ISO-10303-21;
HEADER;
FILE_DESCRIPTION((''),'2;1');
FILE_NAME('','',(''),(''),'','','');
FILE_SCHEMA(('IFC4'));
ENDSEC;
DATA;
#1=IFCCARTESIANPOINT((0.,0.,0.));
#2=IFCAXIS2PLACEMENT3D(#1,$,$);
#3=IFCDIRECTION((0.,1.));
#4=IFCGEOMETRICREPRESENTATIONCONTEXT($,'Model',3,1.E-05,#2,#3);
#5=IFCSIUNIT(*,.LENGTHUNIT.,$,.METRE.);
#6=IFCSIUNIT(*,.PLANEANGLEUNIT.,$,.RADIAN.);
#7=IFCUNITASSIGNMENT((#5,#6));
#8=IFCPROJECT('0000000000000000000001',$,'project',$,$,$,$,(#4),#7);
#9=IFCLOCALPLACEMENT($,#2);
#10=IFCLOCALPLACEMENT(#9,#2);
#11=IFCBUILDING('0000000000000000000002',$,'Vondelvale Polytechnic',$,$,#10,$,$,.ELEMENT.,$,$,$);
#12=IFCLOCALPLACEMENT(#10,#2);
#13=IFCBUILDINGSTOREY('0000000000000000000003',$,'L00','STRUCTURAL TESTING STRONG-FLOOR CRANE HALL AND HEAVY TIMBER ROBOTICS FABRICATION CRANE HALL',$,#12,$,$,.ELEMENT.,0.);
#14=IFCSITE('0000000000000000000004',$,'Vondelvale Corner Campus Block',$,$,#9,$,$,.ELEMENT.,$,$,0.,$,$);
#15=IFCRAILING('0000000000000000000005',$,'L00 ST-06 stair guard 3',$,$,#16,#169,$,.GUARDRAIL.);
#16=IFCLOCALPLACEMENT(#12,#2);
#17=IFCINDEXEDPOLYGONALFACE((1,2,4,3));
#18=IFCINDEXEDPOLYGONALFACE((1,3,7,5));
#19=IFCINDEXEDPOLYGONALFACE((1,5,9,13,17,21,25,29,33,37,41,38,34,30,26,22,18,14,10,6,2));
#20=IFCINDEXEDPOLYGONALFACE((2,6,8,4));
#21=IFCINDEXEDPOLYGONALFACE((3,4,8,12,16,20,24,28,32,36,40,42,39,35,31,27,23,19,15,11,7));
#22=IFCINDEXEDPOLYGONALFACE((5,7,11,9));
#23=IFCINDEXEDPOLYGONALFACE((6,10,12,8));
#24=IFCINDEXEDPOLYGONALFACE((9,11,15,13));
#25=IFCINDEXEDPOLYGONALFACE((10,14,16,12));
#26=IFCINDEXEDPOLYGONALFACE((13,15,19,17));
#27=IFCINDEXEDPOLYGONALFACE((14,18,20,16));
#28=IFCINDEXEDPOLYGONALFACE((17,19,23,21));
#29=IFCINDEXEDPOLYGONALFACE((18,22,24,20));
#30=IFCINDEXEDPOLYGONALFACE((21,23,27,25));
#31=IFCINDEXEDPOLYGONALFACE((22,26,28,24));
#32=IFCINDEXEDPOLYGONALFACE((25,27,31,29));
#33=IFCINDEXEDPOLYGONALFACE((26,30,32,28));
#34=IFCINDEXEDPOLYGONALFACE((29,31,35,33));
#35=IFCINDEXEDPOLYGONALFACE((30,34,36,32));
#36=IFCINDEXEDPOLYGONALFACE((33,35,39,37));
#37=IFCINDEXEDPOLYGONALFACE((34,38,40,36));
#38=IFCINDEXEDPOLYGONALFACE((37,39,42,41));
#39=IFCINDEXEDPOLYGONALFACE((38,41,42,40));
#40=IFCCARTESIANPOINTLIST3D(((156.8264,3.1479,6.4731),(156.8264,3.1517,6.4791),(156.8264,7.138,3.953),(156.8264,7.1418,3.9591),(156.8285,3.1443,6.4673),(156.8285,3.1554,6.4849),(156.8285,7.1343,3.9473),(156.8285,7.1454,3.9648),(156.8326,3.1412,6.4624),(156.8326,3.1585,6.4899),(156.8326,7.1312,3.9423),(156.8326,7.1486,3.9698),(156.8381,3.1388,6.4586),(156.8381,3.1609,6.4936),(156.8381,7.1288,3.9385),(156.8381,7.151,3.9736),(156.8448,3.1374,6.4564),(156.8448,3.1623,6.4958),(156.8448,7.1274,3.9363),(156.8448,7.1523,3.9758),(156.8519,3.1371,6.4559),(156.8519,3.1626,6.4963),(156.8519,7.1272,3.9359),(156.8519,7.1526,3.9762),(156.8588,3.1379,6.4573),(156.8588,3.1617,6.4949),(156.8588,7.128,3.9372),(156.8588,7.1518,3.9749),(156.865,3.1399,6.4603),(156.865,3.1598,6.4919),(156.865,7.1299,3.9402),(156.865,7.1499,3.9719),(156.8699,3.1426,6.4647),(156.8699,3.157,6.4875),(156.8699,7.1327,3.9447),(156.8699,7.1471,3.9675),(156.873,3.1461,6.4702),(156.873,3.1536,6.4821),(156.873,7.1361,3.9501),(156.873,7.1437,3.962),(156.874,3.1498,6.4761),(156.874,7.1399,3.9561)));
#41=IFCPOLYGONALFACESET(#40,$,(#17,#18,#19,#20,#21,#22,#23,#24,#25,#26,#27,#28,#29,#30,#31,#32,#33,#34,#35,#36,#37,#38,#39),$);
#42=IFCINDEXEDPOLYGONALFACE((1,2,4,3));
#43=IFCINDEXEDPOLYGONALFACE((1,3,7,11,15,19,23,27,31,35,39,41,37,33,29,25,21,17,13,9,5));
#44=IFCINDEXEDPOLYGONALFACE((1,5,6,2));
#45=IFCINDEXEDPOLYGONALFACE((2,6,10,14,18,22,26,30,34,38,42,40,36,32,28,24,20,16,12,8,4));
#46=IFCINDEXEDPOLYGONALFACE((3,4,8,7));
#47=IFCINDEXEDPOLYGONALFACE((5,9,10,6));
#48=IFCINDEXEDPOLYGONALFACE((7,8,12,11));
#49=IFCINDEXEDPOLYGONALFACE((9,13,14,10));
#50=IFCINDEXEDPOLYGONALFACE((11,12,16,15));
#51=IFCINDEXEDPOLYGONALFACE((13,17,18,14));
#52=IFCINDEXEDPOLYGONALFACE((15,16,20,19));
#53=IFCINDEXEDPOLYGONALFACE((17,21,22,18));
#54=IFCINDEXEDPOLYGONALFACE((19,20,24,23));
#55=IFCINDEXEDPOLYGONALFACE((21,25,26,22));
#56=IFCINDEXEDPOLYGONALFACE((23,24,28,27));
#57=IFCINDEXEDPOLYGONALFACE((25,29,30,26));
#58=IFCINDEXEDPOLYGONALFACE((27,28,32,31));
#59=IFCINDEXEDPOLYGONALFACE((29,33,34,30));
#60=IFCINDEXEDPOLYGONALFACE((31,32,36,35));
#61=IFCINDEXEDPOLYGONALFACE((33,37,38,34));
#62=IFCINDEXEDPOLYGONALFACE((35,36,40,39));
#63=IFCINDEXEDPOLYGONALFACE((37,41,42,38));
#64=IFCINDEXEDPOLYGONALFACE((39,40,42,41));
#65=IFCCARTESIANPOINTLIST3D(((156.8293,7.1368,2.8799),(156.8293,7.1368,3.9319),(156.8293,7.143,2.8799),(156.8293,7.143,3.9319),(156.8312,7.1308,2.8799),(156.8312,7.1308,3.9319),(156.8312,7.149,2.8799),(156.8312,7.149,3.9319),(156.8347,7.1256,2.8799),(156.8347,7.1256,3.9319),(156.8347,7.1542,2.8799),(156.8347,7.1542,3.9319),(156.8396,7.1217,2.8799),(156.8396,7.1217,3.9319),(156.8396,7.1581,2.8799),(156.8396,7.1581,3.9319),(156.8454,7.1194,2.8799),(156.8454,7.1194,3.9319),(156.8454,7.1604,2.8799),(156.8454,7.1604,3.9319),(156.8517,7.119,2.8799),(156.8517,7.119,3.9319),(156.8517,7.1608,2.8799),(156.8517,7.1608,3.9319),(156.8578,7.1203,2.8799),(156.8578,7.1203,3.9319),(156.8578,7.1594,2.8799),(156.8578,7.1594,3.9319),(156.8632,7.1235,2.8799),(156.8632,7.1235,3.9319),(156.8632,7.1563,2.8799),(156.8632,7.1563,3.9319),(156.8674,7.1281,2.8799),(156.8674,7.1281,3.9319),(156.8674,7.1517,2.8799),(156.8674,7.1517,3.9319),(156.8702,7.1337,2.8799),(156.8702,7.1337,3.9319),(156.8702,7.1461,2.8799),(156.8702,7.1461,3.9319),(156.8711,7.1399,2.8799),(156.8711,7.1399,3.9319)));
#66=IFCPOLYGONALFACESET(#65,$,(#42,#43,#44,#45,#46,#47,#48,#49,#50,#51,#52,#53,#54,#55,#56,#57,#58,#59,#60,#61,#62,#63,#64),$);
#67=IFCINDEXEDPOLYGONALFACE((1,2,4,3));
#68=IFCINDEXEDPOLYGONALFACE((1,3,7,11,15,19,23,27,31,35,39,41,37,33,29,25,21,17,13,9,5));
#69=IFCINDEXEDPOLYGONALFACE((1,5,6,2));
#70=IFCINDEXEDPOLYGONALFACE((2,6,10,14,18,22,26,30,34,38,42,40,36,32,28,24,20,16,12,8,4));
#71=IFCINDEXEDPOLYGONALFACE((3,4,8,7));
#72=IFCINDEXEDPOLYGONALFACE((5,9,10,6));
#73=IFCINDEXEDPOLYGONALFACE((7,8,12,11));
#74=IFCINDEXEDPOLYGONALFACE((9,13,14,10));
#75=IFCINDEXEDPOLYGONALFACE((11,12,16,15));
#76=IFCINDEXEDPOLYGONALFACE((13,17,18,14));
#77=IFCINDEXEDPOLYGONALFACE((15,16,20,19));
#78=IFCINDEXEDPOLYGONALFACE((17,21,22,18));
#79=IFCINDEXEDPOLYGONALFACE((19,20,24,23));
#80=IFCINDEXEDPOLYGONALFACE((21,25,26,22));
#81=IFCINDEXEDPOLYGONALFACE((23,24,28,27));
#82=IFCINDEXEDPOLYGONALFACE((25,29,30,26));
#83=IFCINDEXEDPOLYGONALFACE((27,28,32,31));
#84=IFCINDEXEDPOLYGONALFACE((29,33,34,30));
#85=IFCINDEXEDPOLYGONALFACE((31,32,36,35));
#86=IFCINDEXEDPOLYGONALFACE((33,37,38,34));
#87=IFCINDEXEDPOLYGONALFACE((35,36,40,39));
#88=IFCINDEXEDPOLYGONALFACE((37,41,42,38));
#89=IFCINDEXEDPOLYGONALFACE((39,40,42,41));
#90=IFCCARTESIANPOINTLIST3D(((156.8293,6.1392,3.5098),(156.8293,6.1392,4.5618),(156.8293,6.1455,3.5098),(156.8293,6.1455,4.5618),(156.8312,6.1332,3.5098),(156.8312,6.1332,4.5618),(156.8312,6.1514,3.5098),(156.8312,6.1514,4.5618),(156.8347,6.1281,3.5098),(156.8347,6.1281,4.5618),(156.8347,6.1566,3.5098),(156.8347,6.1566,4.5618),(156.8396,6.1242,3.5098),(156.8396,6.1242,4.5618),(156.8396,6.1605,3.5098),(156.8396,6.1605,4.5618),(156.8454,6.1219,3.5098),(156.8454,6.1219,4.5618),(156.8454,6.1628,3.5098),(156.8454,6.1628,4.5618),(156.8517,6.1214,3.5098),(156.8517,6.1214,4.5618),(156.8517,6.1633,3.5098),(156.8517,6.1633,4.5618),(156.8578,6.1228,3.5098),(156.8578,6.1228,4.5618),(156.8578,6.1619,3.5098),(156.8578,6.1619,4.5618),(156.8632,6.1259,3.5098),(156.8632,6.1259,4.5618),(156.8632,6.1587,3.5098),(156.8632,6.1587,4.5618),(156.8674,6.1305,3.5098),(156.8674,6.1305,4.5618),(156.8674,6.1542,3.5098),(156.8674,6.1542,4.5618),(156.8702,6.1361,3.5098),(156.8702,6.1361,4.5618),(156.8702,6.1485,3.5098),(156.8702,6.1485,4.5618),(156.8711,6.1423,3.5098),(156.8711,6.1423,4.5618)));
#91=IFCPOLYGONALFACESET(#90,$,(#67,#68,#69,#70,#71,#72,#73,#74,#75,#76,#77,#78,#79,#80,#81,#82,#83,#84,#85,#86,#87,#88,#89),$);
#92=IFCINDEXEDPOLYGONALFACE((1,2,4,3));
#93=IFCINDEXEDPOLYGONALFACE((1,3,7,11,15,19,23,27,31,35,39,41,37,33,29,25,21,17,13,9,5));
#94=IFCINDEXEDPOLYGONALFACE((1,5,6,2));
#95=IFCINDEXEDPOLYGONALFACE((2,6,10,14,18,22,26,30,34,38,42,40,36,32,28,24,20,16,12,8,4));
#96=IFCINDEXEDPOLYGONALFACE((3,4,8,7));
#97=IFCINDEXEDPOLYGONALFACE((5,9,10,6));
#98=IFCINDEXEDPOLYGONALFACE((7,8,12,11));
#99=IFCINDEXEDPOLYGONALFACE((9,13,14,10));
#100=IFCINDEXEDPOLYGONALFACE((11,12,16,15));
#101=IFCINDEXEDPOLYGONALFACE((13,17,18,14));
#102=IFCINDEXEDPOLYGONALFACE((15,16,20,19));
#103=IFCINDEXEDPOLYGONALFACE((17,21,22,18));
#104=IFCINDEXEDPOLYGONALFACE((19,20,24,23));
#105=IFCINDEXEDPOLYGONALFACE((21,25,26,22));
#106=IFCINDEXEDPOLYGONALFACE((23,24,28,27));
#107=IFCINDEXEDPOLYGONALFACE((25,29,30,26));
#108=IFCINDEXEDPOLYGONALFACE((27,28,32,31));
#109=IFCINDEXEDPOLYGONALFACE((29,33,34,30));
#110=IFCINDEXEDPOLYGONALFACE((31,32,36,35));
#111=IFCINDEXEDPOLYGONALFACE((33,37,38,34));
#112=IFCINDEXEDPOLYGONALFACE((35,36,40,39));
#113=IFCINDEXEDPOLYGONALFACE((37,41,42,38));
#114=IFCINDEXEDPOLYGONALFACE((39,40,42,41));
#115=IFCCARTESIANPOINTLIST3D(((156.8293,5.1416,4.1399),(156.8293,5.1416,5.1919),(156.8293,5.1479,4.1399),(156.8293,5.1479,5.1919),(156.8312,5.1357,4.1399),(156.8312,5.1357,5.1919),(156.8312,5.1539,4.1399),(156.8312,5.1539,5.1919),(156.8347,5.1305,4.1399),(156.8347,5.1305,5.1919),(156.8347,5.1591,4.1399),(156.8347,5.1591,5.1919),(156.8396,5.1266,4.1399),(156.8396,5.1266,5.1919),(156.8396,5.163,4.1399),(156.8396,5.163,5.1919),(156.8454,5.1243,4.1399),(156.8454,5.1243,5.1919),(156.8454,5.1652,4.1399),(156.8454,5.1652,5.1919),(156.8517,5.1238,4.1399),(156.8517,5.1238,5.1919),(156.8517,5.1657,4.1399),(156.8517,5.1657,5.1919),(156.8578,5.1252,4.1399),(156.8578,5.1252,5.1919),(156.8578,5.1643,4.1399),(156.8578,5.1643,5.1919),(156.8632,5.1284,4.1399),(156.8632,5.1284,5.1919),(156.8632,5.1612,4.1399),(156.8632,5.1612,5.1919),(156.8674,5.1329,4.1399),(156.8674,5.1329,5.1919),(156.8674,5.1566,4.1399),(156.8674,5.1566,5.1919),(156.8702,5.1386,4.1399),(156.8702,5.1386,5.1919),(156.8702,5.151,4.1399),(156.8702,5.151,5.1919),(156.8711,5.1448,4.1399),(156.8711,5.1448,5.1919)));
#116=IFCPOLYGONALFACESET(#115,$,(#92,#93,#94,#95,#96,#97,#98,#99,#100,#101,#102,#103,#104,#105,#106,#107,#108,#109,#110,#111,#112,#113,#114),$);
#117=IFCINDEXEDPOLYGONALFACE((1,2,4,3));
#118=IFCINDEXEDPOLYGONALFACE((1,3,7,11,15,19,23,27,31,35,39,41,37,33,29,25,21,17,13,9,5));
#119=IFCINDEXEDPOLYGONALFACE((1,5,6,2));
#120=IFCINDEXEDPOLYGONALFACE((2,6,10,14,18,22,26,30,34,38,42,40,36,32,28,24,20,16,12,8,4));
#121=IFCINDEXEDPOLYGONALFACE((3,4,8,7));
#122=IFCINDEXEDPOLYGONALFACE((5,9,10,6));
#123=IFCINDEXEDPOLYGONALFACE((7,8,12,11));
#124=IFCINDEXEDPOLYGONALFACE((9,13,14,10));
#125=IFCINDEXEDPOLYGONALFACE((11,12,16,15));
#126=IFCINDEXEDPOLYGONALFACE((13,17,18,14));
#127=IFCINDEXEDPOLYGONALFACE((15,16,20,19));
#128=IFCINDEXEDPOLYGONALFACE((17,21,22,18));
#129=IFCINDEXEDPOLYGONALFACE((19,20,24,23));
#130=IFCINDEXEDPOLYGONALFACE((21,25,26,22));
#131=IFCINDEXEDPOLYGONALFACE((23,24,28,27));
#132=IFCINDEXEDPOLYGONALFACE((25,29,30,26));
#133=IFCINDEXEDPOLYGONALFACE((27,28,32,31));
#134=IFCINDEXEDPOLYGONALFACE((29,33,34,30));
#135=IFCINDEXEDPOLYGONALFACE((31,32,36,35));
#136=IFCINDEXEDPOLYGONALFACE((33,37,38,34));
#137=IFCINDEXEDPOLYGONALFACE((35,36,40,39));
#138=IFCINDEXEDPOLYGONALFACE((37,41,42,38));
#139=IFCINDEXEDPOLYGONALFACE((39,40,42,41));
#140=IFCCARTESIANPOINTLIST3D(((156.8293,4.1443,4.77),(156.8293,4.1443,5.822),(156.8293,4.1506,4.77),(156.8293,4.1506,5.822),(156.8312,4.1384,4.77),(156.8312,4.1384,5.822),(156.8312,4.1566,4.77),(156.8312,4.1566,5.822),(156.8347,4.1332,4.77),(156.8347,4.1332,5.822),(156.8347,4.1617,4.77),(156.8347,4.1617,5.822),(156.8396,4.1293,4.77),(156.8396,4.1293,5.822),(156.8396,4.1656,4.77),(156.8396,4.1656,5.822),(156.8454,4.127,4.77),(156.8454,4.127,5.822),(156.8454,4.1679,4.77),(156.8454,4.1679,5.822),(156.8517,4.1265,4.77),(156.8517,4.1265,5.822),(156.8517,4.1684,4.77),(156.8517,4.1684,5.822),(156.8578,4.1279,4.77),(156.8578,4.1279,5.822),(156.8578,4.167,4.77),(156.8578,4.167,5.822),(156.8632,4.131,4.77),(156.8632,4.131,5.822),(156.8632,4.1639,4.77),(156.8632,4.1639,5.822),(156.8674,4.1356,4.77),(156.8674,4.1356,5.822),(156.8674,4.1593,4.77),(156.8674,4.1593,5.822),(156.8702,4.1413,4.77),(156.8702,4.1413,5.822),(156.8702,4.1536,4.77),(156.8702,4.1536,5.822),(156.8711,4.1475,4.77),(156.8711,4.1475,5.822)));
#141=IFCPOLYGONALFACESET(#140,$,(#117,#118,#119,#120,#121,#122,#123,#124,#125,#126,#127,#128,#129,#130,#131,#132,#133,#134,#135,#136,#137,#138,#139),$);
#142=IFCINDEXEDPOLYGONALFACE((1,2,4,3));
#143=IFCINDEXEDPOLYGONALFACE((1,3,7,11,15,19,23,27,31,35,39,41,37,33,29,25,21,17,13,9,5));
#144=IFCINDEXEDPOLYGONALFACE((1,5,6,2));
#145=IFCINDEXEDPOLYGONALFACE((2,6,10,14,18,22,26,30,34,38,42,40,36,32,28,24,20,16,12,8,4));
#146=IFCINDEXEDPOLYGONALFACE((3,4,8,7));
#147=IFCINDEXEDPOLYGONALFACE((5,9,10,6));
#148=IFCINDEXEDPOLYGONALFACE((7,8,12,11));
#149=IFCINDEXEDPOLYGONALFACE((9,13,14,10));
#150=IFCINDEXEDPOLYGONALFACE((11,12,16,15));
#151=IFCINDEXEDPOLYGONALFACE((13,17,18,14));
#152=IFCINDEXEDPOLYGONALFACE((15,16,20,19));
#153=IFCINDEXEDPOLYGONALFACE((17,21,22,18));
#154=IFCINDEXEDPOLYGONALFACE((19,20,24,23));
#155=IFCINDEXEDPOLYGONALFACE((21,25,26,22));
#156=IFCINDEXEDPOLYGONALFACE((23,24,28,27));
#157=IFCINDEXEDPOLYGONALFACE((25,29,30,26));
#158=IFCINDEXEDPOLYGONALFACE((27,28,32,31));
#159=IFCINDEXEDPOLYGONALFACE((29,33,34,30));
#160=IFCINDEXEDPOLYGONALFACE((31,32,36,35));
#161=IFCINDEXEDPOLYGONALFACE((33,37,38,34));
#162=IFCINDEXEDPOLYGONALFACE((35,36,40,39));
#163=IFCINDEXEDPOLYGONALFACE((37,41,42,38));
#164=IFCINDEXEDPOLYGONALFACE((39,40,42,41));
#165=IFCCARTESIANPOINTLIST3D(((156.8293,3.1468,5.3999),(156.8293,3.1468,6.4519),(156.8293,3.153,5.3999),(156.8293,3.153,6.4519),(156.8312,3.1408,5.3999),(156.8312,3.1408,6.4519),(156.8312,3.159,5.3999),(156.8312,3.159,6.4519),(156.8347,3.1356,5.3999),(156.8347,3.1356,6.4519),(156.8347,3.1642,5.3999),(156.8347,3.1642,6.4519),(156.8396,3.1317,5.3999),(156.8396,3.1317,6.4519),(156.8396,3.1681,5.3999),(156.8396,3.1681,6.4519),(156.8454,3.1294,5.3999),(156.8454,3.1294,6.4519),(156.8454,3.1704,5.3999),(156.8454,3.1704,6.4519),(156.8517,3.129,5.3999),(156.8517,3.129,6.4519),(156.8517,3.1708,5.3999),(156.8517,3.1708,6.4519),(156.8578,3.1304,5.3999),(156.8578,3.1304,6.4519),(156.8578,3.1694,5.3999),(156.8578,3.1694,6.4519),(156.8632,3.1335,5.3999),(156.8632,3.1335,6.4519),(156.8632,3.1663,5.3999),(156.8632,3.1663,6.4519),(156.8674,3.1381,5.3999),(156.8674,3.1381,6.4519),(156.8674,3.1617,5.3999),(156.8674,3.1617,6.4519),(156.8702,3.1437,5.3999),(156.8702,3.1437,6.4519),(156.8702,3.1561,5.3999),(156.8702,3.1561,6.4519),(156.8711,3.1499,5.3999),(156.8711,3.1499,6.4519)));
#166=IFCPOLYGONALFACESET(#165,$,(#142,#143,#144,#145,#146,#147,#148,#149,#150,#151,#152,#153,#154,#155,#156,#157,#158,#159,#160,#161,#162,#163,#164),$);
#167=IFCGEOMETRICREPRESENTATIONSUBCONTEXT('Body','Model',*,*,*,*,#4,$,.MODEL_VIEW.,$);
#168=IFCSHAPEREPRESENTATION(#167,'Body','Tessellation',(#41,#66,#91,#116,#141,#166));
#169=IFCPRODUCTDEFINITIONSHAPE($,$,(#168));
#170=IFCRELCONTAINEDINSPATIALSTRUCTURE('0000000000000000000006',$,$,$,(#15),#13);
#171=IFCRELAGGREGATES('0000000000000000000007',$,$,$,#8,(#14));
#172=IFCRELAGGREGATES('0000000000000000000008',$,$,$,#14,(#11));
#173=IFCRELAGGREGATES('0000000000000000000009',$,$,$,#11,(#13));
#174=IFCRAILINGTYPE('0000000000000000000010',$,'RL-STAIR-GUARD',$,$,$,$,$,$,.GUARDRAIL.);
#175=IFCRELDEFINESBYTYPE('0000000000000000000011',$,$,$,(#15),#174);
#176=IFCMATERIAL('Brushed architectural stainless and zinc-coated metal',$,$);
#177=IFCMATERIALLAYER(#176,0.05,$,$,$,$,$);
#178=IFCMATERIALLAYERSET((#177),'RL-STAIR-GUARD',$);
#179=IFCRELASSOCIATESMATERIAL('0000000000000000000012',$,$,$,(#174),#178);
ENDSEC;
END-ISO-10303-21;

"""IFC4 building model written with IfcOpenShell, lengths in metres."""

from ifc_helpers import new_model, si_unit, direction, frame, origin, origin_2d, place, context, subcontext, project, spatial, circle, extrude, material, layer, layer_set, type_object, element, save


model = new_model("IFC4")

# Units and contexts
model_context = context("Model", 3, precision=1e-05, world=origin(), true_north=direction((0.0, 1.0)))
body_context = subcontext(model_context, "Body", "Model", "MODEL_VIEW")
ifc_project = project(units=[si_unit("LENGTHUNIT", "METRE"), si_unit("PLANEANGLEUNIT", "RADIAN")], contexts=[model_context])

# Site, building, storey
site_placement = place(None, origin())
site = spatial("IfcSite", under=ifc_project, at=site_placement, Name="Vondelvale Corner Campus Block", CompositionType="ELEMENT", RefElevation=0.0)
building_placement = place(site_placement, origin())
building = spatial("IfcBuilding", under=site, at=building_placement, Name="Vondelvale Polytechnic", CompositionType="ELEMENT")
storey_placement = place(building_placement, origin())
storey = spatial("IfcBuildingStorey", under=building, at=storey_placement, Name="L00", Description="STRUCTURAL TESTING STRONG-FLOOR CRANE HALL AND HEAVY TIMBER ROBOTICS FABRICATION CRANE HALL", CompositionType="ELEMENT", Elevation=0.0)

# Railing
ifc_material_1 = material(Name="Brushed architectural stainless and zinc-coated metal")
ifc_layer_1 = layer(ifc_material_1, 0.05)
ifc_layer_set_1 = layer_set([ifc_layer_1], Name="RL-STAIR-GUARD")
railing_type_1 = type_object("IfcRailingType", Name="RL-STAIR-GUARD", PredefinedType="GUARDRAIL", material=ifc_layer_set_1)
railing_1_placement = place(storey_placement, frame((156.8501, 7.1399, 2.8799)))
element("IfcRailing", 1, at=railing_1_placement, inside=storey, type_object=railing_type_1, Name="L00 ST-06 stair guard 3", PredefinedType="GUARDRAIL", context=body_context, shape_type="SweptSolid", body=[
    extrude(circle(Radius=0.0239, at=origin_2d()), frame((0.0, 0.0, 1.0762), z_axis=(0.0, -0.845486, 0.533997), x_axis=(1.0, 0.0, 0.0)), (0.0, 0.0, 1.0), 4.7192),
    extrude(circle(Radius=0.021, at=origin_2d()), origin(), (0.0, 0.0, 1.0), 1.052),
    extrude(circle(Radius=0.021, at=origin_2d()), frame((0.0, -0.9976, 0.6299)), (0.0, 0.0, 1.0), 1.052),
    extrude(circle(Radius=0.021, at=origin_2d()), frame((0.0, -1.9951, 1.26)), (0.0, 0.0, 1.0), 1.052),
    extrude(circle(Radius=0.021, at=origin_2d()), frame((0.0, -2.9924, 1.8901)), (0.0, 0.0, 1.0), 1.052),
    extrude(circle(Radius=0.021, at=origin_2d()), frame((0.0, -3.99, 2.52)), (0.0, 0.0, 1.0), 1.052),
])

save(model, "model.ifc")
